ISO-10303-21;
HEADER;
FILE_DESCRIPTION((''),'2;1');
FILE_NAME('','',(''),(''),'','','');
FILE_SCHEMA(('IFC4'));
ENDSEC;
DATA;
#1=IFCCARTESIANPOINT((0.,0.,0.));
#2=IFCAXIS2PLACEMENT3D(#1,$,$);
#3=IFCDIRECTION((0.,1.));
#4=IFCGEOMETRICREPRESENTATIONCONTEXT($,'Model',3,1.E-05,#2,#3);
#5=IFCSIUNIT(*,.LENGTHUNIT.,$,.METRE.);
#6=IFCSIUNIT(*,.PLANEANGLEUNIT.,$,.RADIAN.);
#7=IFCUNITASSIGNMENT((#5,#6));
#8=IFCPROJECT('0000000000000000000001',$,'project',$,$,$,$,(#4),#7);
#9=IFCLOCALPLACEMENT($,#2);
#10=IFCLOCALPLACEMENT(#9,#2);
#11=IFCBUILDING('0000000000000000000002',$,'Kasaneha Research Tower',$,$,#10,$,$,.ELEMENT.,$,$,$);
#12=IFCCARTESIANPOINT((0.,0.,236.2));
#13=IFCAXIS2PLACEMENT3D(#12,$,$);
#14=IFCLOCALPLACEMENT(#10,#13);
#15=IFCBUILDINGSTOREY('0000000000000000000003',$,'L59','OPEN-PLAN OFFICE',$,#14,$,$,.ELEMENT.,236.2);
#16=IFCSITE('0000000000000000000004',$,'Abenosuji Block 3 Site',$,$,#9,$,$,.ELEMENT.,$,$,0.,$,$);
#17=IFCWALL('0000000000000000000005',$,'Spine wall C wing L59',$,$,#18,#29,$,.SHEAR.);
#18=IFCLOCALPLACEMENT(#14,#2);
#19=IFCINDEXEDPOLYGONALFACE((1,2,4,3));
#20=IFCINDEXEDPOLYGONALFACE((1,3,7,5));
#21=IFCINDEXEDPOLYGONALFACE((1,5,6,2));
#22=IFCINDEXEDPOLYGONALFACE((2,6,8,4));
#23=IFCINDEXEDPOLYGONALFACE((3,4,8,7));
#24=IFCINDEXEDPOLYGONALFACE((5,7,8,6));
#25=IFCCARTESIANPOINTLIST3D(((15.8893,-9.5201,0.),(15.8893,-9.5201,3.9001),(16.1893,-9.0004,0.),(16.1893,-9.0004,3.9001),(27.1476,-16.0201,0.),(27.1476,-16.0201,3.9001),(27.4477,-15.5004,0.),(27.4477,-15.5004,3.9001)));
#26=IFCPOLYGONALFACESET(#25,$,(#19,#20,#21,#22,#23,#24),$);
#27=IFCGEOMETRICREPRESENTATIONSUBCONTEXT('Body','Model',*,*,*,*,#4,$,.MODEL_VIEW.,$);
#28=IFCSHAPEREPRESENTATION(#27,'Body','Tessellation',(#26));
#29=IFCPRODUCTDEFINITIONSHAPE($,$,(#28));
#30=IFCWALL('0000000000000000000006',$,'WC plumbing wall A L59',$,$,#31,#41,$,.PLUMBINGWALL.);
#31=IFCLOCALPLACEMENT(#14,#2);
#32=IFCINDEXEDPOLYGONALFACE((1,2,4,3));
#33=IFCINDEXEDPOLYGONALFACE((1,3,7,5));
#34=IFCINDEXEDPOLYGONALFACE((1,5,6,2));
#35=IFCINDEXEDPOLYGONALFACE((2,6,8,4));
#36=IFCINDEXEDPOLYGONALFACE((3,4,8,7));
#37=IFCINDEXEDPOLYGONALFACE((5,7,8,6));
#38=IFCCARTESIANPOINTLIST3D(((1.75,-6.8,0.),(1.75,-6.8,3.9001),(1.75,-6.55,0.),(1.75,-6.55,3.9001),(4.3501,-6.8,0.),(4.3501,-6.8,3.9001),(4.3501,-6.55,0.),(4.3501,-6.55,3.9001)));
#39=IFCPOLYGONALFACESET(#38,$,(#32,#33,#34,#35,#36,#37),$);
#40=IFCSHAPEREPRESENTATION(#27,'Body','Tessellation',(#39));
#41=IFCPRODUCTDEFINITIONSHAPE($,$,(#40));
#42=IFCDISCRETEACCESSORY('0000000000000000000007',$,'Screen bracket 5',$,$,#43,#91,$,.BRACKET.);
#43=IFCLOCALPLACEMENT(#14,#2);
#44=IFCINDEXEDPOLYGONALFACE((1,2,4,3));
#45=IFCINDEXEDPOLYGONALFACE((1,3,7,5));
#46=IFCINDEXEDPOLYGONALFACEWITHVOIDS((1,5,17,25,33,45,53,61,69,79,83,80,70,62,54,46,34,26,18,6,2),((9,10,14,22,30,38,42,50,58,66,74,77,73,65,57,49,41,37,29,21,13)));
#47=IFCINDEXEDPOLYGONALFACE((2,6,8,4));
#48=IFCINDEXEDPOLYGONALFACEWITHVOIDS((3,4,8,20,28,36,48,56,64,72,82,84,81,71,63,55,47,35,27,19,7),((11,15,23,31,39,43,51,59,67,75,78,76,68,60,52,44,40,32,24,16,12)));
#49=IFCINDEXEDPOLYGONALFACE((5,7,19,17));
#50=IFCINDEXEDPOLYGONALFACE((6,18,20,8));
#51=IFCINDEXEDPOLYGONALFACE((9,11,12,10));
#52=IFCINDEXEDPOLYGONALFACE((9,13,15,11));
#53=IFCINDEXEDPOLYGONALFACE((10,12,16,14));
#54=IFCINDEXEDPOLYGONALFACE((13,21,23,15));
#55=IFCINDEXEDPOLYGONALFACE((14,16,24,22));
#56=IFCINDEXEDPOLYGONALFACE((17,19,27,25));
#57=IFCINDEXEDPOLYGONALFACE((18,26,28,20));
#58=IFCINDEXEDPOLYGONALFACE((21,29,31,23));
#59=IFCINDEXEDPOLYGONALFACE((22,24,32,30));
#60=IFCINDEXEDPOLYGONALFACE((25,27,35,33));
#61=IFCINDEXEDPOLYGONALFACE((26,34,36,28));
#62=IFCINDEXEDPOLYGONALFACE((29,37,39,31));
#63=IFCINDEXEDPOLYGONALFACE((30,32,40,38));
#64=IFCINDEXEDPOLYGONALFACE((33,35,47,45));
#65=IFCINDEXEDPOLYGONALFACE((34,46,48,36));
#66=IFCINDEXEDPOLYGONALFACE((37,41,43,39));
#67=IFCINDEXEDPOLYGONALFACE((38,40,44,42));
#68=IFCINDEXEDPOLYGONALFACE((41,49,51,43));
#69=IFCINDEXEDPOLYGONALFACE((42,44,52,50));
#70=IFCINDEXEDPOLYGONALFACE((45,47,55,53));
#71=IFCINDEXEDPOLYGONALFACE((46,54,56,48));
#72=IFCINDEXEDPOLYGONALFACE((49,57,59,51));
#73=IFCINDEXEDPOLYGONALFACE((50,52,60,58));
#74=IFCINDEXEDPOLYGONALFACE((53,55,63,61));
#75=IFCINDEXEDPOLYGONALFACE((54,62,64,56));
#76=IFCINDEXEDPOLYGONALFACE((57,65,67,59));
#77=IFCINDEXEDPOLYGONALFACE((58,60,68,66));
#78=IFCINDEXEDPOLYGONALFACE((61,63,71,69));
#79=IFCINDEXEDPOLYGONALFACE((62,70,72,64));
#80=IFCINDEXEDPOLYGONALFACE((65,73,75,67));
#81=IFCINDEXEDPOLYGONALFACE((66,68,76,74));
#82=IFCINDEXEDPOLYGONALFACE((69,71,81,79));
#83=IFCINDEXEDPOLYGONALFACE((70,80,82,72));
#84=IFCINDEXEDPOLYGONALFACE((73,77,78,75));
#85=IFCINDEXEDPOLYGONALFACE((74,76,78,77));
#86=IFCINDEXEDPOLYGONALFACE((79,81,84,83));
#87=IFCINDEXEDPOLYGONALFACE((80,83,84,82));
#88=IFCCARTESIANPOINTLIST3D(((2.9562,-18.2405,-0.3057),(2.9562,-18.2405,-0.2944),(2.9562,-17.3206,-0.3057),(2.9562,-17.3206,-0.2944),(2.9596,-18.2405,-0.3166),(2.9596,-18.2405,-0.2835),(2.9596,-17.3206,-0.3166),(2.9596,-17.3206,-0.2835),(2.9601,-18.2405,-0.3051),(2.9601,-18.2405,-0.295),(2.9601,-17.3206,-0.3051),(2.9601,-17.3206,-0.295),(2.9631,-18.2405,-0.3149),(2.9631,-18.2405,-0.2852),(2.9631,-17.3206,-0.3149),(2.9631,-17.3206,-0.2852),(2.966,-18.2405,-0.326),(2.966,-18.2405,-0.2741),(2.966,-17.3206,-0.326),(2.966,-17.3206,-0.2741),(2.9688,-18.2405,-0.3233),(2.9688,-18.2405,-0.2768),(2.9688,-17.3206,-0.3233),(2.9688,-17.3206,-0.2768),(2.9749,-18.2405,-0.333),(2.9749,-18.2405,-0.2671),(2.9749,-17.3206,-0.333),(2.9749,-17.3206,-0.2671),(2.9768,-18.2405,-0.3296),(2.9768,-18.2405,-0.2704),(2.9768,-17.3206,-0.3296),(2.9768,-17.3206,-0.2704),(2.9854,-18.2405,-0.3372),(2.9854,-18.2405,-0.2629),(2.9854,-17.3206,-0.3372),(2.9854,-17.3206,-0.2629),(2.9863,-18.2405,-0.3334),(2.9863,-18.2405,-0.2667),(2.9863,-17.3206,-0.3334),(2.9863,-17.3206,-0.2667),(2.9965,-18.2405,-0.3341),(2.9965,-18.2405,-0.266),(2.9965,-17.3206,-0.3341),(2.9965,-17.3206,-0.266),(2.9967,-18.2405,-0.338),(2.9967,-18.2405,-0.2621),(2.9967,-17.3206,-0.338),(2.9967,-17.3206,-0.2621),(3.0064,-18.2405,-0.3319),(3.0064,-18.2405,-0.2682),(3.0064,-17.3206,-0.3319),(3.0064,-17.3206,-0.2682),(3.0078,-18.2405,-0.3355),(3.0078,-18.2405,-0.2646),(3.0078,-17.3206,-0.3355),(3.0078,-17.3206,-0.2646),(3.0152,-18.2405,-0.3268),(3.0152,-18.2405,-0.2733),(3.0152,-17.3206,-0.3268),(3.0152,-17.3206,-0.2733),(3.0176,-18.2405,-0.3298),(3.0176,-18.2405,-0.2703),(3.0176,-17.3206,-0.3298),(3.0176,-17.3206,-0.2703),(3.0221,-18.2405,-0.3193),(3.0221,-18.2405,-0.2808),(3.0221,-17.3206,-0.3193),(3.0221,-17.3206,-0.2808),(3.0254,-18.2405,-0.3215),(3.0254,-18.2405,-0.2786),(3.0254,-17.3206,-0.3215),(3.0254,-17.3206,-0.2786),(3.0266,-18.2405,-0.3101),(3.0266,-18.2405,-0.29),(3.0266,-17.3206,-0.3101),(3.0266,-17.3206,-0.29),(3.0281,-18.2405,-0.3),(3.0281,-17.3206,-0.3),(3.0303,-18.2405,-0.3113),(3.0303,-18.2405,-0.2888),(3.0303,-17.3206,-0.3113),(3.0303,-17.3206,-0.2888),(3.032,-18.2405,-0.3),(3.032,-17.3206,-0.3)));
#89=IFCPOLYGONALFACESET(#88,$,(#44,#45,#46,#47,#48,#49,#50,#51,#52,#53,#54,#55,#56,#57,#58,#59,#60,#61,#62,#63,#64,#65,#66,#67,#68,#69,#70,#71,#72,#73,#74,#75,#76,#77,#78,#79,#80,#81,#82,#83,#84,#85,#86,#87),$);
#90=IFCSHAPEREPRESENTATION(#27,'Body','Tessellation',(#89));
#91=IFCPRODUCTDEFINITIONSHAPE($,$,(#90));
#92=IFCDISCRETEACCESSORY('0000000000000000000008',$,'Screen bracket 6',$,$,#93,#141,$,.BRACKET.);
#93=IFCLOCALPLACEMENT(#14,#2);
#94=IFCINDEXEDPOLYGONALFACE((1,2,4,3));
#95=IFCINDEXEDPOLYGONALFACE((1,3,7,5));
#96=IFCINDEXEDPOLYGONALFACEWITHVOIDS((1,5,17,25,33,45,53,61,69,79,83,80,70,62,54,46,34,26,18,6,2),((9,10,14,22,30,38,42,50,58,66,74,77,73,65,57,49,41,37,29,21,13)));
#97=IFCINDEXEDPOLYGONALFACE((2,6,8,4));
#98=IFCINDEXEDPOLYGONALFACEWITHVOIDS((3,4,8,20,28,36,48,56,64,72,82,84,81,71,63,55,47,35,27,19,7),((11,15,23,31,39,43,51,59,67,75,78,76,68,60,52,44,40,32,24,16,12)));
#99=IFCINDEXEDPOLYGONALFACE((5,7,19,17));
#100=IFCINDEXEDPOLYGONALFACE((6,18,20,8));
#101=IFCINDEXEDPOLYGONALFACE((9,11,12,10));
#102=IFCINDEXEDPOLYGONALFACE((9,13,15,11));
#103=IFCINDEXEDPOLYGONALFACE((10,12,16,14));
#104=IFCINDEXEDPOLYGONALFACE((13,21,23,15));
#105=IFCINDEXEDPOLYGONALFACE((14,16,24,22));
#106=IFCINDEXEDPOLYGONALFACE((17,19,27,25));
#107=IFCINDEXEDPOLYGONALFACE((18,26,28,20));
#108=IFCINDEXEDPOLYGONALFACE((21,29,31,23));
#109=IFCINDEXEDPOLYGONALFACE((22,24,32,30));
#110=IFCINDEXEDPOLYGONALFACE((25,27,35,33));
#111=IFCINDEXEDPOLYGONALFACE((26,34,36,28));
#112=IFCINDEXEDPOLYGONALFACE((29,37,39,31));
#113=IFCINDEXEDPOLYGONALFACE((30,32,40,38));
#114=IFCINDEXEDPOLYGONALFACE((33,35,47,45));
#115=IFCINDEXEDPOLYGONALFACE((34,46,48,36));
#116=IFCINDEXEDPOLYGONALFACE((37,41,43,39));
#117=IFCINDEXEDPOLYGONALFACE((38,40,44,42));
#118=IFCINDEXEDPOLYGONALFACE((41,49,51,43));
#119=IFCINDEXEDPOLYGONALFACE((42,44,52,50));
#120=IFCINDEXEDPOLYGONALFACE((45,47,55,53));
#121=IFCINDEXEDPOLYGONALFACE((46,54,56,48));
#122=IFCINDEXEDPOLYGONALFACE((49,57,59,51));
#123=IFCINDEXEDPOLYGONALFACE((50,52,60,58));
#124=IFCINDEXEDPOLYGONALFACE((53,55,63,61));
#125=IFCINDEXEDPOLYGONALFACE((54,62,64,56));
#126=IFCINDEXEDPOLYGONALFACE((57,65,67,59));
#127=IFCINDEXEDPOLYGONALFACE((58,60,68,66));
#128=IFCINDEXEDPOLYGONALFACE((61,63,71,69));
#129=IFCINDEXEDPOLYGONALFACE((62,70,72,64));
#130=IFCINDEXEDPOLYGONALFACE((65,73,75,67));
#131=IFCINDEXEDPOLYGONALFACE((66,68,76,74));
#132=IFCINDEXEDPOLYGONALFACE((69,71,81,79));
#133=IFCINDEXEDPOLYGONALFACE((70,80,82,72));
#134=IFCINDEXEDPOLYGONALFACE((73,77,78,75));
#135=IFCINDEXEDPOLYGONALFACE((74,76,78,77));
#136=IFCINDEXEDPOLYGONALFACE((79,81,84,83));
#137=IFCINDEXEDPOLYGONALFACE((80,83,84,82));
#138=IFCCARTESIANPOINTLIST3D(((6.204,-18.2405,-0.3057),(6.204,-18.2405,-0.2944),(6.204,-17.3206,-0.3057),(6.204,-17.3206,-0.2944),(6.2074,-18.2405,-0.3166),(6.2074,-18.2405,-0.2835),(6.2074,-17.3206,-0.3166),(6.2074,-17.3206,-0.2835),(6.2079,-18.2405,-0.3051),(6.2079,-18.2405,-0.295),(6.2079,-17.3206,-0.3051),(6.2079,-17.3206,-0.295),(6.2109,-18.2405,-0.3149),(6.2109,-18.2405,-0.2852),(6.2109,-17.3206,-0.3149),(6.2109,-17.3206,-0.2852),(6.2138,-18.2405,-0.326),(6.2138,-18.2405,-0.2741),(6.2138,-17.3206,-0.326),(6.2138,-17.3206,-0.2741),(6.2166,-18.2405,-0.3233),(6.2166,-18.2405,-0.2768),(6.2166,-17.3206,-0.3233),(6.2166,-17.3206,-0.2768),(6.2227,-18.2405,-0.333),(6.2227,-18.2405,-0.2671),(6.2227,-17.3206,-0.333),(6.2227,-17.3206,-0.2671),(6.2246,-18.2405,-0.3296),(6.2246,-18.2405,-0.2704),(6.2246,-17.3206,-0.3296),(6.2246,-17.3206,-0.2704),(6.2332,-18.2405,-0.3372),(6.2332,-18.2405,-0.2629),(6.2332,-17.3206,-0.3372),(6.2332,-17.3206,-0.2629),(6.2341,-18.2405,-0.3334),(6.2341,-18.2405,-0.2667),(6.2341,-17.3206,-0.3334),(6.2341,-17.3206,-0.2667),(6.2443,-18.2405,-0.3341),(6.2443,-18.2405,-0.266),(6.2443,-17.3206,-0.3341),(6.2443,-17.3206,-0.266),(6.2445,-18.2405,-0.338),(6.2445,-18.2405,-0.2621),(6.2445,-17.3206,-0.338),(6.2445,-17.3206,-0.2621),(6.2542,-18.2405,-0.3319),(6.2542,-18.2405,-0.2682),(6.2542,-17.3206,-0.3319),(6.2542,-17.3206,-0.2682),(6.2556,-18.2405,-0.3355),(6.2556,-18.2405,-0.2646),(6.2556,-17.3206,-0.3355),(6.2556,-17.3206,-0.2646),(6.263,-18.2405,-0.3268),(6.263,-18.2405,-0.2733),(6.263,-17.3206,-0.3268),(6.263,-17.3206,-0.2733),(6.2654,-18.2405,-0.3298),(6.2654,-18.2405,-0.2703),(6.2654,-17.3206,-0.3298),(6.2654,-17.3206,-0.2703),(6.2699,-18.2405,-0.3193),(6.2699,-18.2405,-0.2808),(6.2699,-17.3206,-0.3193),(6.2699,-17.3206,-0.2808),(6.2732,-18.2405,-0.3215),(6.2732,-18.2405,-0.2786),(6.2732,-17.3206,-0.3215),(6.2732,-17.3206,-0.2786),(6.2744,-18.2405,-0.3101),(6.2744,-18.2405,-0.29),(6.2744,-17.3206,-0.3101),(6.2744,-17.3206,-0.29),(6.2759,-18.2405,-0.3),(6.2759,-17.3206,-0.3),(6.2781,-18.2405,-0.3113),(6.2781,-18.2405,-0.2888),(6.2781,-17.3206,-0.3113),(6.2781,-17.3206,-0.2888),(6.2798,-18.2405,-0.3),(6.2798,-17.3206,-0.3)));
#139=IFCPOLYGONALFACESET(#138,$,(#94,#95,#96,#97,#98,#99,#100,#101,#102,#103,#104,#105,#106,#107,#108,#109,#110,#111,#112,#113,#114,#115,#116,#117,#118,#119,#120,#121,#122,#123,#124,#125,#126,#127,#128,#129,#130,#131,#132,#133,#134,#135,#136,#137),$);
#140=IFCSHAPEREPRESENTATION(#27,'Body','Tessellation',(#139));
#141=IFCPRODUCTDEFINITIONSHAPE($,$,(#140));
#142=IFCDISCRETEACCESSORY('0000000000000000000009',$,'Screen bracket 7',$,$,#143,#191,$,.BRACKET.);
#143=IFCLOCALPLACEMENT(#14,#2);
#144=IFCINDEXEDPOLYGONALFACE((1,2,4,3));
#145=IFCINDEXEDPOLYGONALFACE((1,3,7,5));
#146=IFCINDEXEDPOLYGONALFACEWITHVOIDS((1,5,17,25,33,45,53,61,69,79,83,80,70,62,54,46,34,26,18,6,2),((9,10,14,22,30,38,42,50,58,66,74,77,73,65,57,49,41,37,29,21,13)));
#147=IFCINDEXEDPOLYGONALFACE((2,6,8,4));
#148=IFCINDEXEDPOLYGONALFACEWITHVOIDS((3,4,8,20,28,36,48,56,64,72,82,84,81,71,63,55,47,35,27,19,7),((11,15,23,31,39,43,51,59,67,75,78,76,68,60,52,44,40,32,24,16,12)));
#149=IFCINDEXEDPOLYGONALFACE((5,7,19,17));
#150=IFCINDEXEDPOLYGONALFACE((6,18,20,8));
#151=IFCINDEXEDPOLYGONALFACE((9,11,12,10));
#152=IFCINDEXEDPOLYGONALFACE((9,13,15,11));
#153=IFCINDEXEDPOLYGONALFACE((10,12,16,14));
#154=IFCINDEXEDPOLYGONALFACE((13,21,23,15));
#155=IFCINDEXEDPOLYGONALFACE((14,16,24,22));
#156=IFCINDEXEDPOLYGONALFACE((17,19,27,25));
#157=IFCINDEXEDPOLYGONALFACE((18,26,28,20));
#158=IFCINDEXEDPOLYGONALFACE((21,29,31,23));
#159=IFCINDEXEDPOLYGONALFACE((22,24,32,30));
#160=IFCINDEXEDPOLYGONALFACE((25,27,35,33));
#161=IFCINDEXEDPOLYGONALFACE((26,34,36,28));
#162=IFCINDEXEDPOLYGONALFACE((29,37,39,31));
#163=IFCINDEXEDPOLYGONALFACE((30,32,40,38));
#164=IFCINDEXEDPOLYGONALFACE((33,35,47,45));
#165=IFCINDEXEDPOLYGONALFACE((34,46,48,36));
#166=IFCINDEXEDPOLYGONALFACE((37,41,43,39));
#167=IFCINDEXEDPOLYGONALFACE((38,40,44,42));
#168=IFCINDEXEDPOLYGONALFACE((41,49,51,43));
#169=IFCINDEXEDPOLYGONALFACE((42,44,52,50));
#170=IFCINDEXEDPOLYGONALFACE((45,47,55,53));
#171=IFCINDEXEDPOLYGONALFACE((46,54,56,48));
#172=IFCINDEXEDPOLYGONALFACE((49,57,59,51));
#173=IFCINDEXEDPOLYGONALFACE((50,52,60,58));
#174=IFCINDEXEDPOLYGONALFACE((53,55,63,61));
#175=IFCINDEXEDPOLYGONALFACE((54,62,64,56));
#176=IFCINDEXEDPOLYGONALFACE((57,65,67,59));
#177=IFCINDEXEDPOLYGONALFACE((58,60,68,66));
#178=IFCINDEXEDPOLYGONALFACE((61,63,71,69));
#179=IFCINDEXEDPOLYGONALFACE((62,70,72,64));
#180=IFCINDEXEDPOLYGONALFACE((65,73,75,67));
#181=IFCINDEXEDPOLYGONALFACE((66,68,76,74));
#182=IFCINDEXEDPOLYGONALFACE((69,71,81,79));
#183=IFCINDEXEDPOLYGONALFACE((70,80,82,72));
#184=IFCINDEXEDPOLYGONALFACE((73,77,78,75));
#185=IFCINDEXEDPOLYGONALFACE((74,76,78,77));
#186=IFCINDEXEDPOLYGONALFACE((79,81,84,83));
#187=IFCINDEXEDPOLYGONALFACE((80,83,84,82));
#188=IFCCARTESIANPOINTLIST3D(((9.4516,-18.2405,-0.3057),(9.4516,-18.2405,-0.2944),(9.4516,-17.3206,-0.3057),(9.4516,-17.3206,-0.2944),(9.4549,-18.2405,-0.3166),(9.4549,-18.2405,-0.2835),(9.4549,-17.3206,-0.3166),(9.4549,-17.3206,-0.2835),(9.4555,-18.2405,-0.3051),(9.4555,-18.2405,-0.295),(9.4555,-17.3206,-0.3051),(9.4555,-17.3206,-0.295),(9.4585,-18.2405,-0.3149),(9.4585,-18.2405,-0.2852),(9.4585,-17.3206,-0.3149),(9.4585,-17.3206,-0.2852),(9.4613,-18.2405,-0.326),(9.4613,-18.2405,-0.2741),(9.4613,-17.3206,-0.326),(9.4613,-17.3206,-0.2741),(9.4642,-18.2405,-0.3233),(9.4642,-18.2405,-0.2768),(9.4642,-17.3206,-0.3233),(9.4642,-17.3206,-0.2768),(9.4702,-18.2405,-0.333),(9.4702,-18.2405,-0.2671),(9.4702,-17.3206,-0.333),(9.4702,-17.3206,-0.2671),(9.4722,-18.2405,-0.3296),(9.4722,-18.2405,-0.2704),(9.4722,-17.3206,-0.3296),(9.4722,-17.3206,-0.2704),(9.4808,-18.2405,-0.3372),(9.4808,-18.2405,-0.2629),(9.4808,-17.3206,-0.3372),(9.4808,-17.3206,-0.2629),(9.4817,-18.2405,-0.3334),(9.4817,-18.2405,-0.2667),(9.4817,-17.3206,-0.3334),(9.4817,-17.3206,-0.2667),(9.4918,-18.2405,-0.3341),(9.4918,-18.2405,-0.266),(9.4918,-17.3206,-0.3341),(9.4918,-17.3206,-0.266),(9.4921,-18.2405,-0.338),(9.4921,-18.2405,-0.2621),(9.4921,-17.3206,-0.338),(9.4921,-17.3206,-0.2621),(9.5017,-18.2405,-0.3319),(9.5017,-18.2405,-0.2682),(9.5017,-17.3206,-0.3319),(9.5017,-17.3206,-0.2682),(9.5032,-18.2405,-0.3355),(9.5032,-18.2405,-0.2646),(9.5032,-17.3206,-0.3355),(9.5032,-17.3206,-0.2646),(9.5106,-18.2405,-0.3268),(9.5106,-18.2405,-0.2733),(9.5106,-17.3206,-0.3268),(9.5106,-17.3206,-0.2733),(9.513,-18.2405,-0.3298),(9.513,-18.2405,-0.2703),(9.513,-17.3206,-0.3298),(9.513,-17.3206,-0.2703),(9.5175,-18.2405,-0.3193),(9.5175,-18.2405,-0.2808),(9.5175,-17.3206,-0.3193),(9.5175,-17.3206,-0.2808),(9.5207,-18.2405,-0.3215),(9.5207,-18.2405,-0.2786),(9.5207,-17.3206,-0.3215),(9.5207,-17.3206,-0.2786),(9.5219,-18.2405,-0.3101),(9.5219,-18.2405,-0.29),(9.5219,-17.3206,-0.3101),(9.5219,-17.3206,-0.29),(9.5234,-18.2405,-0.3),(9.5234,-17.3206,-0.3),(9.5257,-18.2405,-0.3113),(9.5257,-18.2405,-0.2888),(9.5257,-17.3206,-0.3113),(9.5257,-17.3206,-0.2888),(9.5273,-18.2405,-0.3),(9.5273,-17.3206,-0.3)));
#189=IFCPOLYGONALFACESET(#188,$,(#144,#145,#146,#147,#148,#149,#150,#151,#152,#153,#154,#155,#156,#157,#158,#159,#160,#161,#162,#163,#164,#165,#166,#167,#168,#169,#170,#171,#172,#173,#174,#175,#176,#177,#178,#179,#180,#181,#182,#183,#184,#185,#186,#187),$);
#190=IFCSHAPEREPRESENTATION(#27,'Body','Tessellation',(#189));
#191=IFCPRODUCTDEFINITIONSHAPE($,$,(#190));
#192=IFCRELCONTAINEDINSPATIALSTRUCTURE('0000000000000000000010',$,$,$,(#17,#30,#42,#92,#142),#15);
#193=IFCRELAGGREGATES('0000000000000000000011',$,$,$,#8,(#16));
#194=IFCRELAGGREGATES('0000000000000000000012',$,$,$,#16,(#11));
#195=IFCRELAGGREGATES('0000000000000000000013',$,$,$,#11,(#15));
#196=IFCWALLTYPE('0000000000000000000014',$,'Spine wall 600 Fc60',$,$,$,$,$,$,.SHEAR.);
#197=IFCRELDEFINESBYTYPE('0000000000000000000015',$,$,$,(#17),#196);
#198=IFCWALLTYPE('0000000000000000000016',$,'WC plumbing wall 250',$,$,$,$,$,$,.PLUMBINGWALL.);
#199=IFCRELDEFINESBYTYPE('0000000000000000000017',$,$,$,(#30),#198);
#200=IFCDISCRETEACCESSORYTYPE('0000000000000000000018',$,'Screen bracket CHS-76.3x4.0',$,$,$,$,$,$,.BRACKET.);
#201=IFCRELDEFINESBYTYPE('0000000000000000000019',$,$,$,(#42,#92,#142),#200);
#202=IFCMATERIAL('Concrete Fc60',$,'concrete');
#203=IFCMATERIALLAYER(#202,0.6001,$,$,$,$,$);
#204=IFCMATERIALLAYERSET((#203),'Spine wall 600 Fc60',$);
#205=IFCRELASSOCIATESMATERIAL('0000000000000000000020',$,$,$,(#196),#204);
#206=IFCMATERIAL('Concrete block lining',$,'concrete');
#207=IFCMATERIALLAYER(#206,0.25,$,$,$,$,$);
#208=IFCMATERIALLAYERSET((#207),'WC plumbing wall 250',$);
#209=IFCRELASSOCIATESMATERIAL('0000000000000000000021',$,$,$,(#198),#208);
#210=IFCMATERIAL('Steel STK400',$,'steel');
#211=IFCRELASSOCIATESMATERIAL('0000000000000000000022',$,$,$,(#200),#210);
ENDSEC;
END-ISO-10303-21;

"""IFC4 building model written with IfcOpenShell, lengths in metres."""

from ifc_helpers import new_model, si_unit, direction, frame, frame_2d, origin, origin_2d, place, context, subcontext, project, spatial, rectangle, hollow_circle, extrude, material, layer, layer_set, material_profile, profile_set, type_object, element, save


model = new_model("IFC4")

# Units and contexts
model_context = context("Model", 3, precision=1e-05, world=origin(), true_north=direction((0.0, 1.0)))
body_context = subcontext(model_context, "Body", "Model", "MODEL_VIEW")
ifc_project = project(units=[si_unit("LENGTHUNIT", "METRE"), si_unit("PLANEANGLEUNIT", "RADIAN")], contexts=[model_context])

# Site, building, storey
site_placement = place(None, origin())
site = spatial("IfcSite", under=ifc_project, at=site_placement, Name="Abenosuji Block 3 Site", CompositionType="ELEMENT", RefElevation=0.0)
building_placement = place(site_placement, origin())
building = spatial("IfcBuilding", under=site, at=building_placement, Name="Kasaneha Research Tower", CompositionType="ELEMENT")
storey_placement = place(building_placement, frame((0.0, 0.0, 236.2)))
storey = spatial("IfcBuildingStorey", under=building, at=storey_placement, Name="L59", Description="OPEN-PLAN OFFICE", CompositionType="ELEMENT", Elevation=236.2)

# Shared definitions
ifc_material_1 = material(Name="Concrete Fc60", Category="concrete")
ifc_layer_1 = layer(ifc_material_1, 0.6001)
ifc_layer_set_1 = layer_set([ifc_layer_1], Name="Spine wall 600 Fc60")
wall_type_1 = type_object("IfcWallType", Name="Spine wall 600 Fc60", PredefinedType="SHEAR", material=ifc_layer_set_1)

# Walls
wall_1_placement = place(storey_placement, frame((16.0393, -9.2603, 0.0), z_axis=(0.0, 0.0, 1.0), x_axis=(0.866025, -0.500001, 0.0)))
element("IfcWall", 1, at=wall_1_placement, inside=storey, type_object=wall_type_1, Name="Spine wall C wing L59", PredefinedType="SHEAR", context=body_context, shape_type="SweptSolid", body=[
    extrude(rectangle(XDim=13.0, YDim=0.6001, at=frame_2d((6.5, 0.0))), origin(), (0.0, 0.0, 1.0), 3.9001),
])
ifc_material_2 = material(Name="Concrete block lining", Category="concrete")
ifc_layer_2 = layer(ifc_material_2, 0.25)
ifc_layer_set_2 = layer_set([ifc_layer_2], Name="WC plumbing wall 250")
wall_type_2 = type_object("IfcWallType", Name="WC plumbing wall 250", PredefinedType="PLUMBINGWALL", material=ifc_layer_set_2)
wall_2_placement = place(storey_placement, frame((1.75, -6.675, 0.0), z_axis=(0.0, 0.0, 1.0), x_axis=(1.0, 0.0, 0.0)))
element("IfcWall", 2, at=wall_2_placement, inside=storey, type_object=wall_type_2, Name="WC plumbing wall A L59", PredefinedType="PLUMBINGWALL", context=body_context, shape_type="SweptSolid", body=[
    extrude(rectangle(XDim=2.6001, YDim=0.25, at=frame_2d((1.3, 0.0))), origin(), (0.0, 0.0, 1.0), 3.9001),
])

# Discrete accessories
ifc_material_3 = material(Name="Steel STK400", Category="steel")
ifc_material_profile_1 = material_profile(ifc_material_3, hollow_circle(Radius=0.0381, WallThickness=0.0039, at=origin_2d()), Name="CHS-76.3x4.0")
ifc_profile_set_1 = profile_set([ifc_material_profile_1], Name="Steel STK400")
discrete_accessory_type = type_object("IfcDiscreteAccessoryType", Name="Screen bracket CHS-76.3x4.0", PredefinedType="BRACKET", material=ifc_profile_set_1)
for number, where, z_axis, x_axis, name in (
    (3, (2.9939, -17.3206, -0.3), (0.0, -1.0, 0.0), (1.0, 0.0, 0.0), "Screen bracket 5"),
    (4, (6.2417, -17.3206, -0.3), (0.0, -1.0, 0.0), (1.0, 0.0, 0.0), "Screen bracket 6"),
    (5, (9.4893, -17.3206, -0.3), (0.0, -1.0, 0.0), (1.0, 0.0, 0.0), "Screen bracket 7"),
):
    element("IfcDiscreteAccessory", number, at=place(storey_placement, frame(where, z_axis=z_axis, x_axis=x_axis)), inside=storey, type_object=discrete_accessory_type, Name=name, PredefinedType="BRACKET", context=body_context, shape_type="SweptSolid", body=[
        extrude(hollow_circle(Radius=0.0381, WallThickness=0.0039, at=origin_2d()), origin(), (0.0, 0.0, 1.0), 0.9199),
    ])

save(model, "model.ifc")
